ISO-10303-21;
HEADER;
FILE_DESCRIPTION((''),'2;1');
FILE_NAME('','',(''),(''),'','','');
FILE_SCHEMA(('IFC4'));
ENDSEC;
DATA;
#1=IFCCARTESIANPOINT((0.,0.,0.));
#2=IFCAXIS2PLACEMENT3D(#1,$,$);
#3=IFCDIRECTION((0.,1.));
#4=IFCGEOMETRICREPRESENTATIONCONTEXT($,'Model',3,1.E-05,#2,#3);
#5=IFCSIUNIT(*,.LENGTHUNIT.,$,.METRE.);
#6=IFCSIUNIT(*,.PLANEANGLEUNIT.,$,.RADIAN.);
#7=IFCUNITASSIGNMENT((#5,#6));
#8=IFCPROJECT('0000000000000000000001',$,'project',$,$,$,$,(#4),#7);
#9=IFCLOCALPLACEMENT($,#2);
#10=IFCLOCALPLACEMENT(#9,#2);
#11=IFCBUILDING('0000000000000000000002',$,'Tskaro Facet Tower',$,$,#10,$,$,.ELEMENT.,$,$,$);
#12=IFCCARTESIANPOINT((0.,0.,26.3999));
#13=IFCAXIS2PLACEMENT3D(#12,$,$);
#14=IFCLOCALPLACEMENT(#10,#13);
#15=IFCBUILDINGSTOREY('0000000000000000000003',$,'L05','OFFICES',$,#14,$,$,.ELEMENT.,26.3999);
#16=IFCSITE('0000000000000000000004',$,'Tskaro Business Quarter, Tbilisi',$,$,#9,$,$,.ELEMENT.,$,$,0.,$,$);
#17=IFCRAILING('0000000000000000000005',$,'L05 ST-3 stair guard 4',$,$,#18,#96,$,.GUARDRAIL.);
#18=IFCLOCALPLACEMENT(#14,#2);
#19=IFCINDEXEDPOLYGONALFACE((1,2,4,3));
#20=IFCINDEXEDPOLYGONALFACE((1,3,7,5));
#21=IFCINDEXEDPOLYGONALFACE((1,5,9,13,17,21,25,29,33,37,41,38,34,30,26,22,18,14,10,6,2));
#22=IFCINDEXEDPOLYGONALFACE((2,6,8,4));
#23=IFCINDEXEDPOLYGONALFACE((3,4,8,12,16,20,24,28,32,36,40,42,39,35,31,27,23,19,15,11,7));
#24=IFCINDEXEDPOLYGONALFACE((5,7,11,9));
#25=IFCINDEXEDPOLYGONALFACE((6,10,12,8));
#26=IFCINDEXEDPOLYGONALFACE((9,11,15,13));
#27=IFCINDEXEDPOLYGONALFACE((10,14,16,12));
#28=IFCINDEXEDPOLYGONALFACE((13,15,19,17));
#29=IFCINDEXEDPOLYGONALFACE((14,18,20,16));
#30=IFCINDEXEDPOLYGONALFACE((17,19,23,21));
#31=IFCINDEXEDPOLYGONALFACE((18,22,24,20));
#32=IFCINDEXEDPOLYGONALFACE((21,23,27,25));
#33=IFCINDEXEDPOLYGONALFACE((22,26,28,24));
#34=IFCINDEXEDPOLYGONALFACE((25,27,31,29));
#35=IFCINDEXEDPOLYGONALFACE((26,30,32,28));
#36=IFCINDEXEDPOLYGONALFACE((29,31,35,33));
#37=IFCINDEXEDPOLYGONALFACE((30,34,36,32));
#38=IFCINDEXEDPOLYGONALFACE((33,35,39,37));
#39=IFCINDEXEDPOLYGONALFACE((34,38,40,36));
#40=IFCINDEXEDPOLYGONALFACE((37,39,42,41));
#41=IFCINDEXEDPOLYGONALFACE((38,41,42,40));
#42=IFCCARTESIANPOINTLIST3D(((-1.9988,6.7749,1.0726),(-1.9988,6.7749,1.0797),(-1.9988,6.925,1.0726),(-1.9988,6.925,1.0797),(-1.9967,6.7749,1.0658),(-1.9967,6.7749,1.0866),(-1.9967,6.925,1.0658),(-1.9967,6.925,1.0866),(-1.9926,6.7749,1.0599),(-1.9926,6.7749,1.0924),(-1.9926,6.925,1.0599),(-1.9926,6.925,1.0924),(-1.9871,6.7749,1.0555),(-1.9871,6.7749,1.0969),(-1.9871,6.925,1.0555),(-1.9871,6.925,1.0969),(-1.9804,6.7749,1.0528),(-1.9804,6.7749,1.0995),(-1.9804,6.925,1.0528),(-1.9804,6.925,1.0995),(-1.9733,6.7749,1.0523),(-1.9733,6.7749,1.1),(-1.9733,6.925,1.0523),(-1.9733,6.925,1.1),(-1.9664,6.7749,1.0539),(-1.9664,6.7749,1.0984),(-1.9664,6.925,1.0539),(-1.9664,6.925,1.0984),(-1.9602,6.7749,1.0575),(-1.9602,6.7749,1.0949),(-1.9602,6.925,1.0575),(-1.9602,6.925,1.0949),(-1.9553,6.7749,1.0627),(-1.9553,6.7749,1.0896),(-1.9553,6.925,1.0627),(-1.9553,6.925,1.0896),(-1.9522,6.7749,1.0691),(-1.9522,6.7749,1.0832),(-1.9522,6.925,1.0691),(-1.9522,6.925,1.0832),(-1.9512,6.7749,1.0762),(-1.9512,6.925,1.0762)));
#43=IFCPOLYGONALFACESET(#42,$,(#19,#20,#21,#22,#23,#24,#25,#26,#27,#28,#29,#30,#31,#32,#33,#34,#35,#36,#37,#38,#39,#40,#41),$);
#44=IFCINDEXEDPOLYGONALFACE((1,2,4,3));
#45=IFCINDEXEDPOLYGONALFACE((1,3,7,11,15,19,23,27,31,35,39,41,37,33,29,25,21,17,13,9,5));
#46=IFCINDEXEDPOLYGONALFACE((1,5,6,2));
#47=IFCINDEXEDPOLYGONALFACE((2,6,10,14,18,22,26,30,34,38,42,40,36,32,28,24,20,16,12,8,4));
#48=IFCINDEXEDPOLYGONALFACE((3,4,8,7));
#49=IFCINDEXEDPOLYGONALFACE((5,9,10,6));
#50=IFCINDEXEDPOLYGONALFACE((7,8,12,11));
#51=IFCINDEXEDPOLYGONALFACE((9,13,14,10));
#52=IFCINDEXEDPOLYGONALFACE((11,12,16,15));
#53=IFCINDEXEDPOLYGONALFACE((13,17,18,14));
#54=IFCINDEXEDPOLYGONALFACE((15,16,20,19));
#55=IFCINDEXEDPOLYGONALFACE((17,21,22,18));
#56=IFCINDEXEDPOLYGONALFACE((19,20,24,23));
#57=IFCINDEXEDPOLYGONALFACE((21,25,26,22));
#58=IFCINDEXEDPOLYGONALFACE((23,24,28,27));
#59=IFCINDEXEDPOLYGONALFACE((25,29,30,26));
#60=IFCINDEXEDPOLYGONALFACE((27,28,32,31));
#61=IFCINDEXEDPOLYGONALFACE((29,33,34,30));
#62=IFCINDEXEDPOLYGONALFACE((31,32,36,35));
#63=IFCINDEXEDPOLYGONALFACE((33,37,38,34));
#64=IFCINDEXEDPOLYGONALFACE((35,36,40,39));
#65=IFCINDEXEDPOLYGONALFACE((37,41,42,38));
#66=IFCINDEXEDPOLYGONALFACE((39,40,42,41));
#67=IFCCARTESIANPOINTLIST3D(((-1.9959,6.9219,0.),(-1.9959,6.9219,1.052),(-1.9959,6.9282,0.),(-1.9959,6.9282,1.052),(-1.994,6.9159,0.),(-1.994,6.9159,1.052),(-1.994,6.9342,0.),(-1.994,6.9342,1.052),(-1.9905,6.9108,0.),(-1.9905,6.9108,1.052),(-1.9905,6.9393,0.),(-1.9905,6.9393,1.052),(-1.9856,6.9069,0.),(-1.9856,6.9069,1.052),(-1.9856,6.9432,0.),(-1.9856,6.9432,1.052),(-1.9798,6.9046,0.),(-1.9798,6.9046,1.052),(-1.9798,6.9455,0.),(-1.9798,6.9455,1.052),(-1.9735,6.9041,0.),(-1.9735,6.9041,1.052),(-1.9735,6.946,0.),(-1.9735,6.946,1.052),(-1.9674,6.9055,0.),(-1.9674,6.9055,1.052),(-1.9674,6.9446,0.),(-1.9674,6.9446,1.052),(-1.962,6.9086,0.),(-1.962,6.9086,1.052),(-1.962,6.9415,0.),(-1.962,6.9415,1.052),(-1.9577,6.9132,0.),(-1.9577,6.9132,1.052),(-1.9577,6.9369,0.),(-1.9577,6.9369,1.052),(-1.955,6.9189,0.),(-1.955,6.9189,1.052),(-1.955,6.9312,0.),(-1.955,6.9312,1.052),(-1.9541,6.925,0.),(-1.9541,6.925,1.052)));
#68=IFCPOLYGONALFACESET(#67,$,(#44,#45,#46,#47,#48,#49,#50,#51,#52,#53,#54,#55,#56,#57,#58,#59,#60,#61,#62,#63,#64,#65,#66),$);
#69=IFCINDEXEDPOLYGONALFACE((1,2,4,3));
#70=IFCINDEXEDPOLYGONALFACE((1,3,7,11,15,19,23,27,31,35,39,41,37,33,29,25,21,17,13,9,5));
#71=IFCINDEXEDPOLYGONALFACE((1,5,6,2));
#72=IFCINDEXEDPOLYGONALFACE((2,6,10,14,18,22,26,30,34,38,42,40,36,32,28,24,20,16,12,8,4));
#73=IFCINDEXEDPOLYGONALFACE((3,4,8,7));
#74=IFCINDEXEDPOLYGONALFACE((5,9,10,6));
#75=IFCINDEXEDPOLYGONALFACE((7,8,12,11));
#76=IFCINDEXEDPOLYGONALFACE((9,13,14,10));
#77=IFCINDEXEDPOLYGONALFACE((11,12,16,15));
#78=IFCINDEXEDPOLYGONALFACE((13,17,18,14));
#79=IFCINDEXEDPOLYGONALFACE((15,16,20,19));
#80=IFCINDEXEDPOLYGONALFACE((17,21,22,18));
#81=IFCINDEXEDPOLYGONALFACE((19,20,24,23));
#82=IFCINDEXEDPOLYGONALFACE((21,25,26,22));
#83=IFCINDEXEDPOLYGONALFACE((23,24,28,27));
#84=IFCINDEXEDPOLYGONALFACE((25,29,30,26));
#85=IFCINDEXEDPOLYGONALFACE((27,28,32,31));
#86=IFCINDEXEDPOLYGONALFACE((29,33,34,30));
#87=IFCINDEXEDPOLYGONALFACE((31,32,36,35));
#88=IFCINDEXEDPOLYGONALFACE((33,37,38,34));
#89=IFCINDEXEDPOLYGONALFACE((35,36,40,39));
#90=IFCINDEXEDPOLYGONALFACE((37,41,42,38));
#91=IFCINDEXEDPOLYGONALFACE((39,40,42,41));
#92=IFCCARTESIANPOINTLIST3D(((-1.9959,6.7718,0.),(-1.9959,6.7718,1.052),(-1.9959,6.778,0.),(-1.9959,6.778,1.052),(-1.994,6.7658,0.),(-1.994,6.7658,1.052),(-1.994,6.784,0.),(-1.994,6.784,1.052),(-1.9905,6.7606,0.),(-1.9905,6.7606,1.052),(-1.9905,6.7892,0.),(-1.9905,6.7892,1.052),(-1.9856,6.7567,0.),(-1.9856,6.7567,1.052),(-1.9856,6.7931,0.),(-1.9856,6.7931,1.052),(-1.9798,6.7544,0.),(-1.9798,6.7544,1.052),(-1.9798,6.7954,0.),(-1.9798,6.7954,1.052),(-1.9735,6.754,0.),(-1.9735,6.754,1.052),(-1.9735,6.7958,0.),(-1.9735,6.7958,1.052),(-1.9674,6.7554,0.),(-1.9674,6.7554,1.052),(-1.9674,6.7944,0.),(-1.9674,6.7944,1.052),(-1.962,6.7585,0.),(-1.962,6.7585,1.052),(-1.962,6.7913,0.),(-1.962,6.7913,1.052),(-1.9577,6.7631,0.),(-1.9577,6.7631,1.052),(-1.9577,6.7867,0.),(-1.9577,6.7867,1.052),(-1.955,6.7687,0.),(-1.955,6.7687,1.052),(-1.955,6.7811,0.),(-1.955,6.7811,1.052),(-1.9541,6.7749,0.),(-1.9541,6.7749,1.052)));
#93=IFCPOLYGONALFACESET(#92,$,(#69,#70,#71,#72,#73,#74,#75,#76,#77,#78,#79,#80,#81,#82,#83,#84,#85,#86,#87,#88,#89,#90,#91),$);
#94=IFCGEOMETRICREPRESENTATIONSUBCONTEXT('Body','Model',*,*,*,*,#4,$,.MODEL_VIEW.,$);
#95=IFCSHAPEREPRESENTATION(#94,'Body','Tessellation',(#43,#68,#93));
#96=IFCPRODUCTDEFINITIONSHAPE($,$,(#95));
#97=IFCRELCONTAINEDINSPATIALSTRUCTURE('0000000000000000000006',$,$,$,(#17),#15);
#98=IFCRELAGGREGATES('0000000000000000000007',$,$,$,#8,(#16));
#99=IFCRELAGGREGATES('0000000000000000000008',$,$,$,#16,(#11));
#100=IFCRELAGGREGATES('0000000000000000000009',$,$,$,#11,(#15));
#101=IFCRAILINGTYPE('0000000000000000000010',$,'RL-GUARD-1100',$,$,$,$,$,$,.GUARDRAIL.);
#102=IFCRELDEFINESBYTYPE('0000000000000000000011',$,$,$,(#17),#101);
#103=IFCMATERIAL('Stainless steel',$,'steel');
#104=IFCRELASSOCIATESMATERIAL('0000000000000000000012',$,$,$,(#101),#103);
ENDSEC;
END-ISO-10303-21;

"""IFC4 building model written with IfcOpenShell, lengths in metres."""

from ifc_helpers import new_model, si_unit, direction, frame, origin, origin_2d, place, context, subcontext, project, spatial, circle, extrude, material, type_object, element, save


model = new_model("IFC4")

# Units and contexts
model_context = context("Model", 3, precision=1e-05, world=origin(), true_north=direction((0.0, 1.0)))
body_context = subcontext(model_context, "Body", "Model", "MODEL_VIEW")
ifc_project = project(units=[si_unit("LENGTHUNIT", "METRE"), si_unit("PLANEANGLEUNIT", "RADIAN")], contexts=[model_context])

# Site, building, storey
site_placement = place(None, origin())
site = spatial("IfcSite", under=ifc_project, at=site_placement, Name="Tskaro Business Quarter, Tbilisi", CompositionType="ELEMENT", RefElevation=0.0)
building_placement = place(site_placement, origin())
building = spatial("IfcBuilding", under=site, at=building_placement, Name="Tskaro Facet Tower", CompositionType="ELEMENT")
storey_placement = place(building_placement, frame((0.0, 0.0, 26.3999)))
storey = spatial("IfcBuildingStorey", under=building, at=storey_placement, Name="L05", Description="OFFICES", CompositionType="ELEMENT", Elevation=26.3999)

# Railing
ifc_material_1 = material(Name="Stainless steel", Category="steel")
railing_type_1 = type_object("IfcRailingType", Name="RL-GUARD-1100", PredefinedType="GUARDRAIL", material=ifc_material_1)
railing_1_placement = place(storey_placement, frame((-1.9751, 6.925, 0.0)))
element("IfcRailing", 1, at=railing_1_placement, inside=storey, type_object=railing_type_1, Name="L05 ST-3 stair guard 4", PredefinedType="GUARDRAIL", context=body_context, shape_type="SweptSolid", body=[
    extrude(circle(Radius=0.0239, at=origin_2d()), frame((0.0, 0.0, 1.0762), z_axis=(0.0, -1.0, 0.0), x_axis=(1.0, 0.0, 0.0)), (0.0, 0.0, 1.0), 0.1501),
    extrude(circle(Radius=0.021, at=origin_2d()), origin(), (0.0, 0.0, 1.0), 1.052),
    extrude(circle(Radius=0.021, at=origin_2d()), frame((0.0, -0.1501, 0.0)), (0.0, 0.0, 1.0), 1.052),
])

save(model, "model.ifc")
